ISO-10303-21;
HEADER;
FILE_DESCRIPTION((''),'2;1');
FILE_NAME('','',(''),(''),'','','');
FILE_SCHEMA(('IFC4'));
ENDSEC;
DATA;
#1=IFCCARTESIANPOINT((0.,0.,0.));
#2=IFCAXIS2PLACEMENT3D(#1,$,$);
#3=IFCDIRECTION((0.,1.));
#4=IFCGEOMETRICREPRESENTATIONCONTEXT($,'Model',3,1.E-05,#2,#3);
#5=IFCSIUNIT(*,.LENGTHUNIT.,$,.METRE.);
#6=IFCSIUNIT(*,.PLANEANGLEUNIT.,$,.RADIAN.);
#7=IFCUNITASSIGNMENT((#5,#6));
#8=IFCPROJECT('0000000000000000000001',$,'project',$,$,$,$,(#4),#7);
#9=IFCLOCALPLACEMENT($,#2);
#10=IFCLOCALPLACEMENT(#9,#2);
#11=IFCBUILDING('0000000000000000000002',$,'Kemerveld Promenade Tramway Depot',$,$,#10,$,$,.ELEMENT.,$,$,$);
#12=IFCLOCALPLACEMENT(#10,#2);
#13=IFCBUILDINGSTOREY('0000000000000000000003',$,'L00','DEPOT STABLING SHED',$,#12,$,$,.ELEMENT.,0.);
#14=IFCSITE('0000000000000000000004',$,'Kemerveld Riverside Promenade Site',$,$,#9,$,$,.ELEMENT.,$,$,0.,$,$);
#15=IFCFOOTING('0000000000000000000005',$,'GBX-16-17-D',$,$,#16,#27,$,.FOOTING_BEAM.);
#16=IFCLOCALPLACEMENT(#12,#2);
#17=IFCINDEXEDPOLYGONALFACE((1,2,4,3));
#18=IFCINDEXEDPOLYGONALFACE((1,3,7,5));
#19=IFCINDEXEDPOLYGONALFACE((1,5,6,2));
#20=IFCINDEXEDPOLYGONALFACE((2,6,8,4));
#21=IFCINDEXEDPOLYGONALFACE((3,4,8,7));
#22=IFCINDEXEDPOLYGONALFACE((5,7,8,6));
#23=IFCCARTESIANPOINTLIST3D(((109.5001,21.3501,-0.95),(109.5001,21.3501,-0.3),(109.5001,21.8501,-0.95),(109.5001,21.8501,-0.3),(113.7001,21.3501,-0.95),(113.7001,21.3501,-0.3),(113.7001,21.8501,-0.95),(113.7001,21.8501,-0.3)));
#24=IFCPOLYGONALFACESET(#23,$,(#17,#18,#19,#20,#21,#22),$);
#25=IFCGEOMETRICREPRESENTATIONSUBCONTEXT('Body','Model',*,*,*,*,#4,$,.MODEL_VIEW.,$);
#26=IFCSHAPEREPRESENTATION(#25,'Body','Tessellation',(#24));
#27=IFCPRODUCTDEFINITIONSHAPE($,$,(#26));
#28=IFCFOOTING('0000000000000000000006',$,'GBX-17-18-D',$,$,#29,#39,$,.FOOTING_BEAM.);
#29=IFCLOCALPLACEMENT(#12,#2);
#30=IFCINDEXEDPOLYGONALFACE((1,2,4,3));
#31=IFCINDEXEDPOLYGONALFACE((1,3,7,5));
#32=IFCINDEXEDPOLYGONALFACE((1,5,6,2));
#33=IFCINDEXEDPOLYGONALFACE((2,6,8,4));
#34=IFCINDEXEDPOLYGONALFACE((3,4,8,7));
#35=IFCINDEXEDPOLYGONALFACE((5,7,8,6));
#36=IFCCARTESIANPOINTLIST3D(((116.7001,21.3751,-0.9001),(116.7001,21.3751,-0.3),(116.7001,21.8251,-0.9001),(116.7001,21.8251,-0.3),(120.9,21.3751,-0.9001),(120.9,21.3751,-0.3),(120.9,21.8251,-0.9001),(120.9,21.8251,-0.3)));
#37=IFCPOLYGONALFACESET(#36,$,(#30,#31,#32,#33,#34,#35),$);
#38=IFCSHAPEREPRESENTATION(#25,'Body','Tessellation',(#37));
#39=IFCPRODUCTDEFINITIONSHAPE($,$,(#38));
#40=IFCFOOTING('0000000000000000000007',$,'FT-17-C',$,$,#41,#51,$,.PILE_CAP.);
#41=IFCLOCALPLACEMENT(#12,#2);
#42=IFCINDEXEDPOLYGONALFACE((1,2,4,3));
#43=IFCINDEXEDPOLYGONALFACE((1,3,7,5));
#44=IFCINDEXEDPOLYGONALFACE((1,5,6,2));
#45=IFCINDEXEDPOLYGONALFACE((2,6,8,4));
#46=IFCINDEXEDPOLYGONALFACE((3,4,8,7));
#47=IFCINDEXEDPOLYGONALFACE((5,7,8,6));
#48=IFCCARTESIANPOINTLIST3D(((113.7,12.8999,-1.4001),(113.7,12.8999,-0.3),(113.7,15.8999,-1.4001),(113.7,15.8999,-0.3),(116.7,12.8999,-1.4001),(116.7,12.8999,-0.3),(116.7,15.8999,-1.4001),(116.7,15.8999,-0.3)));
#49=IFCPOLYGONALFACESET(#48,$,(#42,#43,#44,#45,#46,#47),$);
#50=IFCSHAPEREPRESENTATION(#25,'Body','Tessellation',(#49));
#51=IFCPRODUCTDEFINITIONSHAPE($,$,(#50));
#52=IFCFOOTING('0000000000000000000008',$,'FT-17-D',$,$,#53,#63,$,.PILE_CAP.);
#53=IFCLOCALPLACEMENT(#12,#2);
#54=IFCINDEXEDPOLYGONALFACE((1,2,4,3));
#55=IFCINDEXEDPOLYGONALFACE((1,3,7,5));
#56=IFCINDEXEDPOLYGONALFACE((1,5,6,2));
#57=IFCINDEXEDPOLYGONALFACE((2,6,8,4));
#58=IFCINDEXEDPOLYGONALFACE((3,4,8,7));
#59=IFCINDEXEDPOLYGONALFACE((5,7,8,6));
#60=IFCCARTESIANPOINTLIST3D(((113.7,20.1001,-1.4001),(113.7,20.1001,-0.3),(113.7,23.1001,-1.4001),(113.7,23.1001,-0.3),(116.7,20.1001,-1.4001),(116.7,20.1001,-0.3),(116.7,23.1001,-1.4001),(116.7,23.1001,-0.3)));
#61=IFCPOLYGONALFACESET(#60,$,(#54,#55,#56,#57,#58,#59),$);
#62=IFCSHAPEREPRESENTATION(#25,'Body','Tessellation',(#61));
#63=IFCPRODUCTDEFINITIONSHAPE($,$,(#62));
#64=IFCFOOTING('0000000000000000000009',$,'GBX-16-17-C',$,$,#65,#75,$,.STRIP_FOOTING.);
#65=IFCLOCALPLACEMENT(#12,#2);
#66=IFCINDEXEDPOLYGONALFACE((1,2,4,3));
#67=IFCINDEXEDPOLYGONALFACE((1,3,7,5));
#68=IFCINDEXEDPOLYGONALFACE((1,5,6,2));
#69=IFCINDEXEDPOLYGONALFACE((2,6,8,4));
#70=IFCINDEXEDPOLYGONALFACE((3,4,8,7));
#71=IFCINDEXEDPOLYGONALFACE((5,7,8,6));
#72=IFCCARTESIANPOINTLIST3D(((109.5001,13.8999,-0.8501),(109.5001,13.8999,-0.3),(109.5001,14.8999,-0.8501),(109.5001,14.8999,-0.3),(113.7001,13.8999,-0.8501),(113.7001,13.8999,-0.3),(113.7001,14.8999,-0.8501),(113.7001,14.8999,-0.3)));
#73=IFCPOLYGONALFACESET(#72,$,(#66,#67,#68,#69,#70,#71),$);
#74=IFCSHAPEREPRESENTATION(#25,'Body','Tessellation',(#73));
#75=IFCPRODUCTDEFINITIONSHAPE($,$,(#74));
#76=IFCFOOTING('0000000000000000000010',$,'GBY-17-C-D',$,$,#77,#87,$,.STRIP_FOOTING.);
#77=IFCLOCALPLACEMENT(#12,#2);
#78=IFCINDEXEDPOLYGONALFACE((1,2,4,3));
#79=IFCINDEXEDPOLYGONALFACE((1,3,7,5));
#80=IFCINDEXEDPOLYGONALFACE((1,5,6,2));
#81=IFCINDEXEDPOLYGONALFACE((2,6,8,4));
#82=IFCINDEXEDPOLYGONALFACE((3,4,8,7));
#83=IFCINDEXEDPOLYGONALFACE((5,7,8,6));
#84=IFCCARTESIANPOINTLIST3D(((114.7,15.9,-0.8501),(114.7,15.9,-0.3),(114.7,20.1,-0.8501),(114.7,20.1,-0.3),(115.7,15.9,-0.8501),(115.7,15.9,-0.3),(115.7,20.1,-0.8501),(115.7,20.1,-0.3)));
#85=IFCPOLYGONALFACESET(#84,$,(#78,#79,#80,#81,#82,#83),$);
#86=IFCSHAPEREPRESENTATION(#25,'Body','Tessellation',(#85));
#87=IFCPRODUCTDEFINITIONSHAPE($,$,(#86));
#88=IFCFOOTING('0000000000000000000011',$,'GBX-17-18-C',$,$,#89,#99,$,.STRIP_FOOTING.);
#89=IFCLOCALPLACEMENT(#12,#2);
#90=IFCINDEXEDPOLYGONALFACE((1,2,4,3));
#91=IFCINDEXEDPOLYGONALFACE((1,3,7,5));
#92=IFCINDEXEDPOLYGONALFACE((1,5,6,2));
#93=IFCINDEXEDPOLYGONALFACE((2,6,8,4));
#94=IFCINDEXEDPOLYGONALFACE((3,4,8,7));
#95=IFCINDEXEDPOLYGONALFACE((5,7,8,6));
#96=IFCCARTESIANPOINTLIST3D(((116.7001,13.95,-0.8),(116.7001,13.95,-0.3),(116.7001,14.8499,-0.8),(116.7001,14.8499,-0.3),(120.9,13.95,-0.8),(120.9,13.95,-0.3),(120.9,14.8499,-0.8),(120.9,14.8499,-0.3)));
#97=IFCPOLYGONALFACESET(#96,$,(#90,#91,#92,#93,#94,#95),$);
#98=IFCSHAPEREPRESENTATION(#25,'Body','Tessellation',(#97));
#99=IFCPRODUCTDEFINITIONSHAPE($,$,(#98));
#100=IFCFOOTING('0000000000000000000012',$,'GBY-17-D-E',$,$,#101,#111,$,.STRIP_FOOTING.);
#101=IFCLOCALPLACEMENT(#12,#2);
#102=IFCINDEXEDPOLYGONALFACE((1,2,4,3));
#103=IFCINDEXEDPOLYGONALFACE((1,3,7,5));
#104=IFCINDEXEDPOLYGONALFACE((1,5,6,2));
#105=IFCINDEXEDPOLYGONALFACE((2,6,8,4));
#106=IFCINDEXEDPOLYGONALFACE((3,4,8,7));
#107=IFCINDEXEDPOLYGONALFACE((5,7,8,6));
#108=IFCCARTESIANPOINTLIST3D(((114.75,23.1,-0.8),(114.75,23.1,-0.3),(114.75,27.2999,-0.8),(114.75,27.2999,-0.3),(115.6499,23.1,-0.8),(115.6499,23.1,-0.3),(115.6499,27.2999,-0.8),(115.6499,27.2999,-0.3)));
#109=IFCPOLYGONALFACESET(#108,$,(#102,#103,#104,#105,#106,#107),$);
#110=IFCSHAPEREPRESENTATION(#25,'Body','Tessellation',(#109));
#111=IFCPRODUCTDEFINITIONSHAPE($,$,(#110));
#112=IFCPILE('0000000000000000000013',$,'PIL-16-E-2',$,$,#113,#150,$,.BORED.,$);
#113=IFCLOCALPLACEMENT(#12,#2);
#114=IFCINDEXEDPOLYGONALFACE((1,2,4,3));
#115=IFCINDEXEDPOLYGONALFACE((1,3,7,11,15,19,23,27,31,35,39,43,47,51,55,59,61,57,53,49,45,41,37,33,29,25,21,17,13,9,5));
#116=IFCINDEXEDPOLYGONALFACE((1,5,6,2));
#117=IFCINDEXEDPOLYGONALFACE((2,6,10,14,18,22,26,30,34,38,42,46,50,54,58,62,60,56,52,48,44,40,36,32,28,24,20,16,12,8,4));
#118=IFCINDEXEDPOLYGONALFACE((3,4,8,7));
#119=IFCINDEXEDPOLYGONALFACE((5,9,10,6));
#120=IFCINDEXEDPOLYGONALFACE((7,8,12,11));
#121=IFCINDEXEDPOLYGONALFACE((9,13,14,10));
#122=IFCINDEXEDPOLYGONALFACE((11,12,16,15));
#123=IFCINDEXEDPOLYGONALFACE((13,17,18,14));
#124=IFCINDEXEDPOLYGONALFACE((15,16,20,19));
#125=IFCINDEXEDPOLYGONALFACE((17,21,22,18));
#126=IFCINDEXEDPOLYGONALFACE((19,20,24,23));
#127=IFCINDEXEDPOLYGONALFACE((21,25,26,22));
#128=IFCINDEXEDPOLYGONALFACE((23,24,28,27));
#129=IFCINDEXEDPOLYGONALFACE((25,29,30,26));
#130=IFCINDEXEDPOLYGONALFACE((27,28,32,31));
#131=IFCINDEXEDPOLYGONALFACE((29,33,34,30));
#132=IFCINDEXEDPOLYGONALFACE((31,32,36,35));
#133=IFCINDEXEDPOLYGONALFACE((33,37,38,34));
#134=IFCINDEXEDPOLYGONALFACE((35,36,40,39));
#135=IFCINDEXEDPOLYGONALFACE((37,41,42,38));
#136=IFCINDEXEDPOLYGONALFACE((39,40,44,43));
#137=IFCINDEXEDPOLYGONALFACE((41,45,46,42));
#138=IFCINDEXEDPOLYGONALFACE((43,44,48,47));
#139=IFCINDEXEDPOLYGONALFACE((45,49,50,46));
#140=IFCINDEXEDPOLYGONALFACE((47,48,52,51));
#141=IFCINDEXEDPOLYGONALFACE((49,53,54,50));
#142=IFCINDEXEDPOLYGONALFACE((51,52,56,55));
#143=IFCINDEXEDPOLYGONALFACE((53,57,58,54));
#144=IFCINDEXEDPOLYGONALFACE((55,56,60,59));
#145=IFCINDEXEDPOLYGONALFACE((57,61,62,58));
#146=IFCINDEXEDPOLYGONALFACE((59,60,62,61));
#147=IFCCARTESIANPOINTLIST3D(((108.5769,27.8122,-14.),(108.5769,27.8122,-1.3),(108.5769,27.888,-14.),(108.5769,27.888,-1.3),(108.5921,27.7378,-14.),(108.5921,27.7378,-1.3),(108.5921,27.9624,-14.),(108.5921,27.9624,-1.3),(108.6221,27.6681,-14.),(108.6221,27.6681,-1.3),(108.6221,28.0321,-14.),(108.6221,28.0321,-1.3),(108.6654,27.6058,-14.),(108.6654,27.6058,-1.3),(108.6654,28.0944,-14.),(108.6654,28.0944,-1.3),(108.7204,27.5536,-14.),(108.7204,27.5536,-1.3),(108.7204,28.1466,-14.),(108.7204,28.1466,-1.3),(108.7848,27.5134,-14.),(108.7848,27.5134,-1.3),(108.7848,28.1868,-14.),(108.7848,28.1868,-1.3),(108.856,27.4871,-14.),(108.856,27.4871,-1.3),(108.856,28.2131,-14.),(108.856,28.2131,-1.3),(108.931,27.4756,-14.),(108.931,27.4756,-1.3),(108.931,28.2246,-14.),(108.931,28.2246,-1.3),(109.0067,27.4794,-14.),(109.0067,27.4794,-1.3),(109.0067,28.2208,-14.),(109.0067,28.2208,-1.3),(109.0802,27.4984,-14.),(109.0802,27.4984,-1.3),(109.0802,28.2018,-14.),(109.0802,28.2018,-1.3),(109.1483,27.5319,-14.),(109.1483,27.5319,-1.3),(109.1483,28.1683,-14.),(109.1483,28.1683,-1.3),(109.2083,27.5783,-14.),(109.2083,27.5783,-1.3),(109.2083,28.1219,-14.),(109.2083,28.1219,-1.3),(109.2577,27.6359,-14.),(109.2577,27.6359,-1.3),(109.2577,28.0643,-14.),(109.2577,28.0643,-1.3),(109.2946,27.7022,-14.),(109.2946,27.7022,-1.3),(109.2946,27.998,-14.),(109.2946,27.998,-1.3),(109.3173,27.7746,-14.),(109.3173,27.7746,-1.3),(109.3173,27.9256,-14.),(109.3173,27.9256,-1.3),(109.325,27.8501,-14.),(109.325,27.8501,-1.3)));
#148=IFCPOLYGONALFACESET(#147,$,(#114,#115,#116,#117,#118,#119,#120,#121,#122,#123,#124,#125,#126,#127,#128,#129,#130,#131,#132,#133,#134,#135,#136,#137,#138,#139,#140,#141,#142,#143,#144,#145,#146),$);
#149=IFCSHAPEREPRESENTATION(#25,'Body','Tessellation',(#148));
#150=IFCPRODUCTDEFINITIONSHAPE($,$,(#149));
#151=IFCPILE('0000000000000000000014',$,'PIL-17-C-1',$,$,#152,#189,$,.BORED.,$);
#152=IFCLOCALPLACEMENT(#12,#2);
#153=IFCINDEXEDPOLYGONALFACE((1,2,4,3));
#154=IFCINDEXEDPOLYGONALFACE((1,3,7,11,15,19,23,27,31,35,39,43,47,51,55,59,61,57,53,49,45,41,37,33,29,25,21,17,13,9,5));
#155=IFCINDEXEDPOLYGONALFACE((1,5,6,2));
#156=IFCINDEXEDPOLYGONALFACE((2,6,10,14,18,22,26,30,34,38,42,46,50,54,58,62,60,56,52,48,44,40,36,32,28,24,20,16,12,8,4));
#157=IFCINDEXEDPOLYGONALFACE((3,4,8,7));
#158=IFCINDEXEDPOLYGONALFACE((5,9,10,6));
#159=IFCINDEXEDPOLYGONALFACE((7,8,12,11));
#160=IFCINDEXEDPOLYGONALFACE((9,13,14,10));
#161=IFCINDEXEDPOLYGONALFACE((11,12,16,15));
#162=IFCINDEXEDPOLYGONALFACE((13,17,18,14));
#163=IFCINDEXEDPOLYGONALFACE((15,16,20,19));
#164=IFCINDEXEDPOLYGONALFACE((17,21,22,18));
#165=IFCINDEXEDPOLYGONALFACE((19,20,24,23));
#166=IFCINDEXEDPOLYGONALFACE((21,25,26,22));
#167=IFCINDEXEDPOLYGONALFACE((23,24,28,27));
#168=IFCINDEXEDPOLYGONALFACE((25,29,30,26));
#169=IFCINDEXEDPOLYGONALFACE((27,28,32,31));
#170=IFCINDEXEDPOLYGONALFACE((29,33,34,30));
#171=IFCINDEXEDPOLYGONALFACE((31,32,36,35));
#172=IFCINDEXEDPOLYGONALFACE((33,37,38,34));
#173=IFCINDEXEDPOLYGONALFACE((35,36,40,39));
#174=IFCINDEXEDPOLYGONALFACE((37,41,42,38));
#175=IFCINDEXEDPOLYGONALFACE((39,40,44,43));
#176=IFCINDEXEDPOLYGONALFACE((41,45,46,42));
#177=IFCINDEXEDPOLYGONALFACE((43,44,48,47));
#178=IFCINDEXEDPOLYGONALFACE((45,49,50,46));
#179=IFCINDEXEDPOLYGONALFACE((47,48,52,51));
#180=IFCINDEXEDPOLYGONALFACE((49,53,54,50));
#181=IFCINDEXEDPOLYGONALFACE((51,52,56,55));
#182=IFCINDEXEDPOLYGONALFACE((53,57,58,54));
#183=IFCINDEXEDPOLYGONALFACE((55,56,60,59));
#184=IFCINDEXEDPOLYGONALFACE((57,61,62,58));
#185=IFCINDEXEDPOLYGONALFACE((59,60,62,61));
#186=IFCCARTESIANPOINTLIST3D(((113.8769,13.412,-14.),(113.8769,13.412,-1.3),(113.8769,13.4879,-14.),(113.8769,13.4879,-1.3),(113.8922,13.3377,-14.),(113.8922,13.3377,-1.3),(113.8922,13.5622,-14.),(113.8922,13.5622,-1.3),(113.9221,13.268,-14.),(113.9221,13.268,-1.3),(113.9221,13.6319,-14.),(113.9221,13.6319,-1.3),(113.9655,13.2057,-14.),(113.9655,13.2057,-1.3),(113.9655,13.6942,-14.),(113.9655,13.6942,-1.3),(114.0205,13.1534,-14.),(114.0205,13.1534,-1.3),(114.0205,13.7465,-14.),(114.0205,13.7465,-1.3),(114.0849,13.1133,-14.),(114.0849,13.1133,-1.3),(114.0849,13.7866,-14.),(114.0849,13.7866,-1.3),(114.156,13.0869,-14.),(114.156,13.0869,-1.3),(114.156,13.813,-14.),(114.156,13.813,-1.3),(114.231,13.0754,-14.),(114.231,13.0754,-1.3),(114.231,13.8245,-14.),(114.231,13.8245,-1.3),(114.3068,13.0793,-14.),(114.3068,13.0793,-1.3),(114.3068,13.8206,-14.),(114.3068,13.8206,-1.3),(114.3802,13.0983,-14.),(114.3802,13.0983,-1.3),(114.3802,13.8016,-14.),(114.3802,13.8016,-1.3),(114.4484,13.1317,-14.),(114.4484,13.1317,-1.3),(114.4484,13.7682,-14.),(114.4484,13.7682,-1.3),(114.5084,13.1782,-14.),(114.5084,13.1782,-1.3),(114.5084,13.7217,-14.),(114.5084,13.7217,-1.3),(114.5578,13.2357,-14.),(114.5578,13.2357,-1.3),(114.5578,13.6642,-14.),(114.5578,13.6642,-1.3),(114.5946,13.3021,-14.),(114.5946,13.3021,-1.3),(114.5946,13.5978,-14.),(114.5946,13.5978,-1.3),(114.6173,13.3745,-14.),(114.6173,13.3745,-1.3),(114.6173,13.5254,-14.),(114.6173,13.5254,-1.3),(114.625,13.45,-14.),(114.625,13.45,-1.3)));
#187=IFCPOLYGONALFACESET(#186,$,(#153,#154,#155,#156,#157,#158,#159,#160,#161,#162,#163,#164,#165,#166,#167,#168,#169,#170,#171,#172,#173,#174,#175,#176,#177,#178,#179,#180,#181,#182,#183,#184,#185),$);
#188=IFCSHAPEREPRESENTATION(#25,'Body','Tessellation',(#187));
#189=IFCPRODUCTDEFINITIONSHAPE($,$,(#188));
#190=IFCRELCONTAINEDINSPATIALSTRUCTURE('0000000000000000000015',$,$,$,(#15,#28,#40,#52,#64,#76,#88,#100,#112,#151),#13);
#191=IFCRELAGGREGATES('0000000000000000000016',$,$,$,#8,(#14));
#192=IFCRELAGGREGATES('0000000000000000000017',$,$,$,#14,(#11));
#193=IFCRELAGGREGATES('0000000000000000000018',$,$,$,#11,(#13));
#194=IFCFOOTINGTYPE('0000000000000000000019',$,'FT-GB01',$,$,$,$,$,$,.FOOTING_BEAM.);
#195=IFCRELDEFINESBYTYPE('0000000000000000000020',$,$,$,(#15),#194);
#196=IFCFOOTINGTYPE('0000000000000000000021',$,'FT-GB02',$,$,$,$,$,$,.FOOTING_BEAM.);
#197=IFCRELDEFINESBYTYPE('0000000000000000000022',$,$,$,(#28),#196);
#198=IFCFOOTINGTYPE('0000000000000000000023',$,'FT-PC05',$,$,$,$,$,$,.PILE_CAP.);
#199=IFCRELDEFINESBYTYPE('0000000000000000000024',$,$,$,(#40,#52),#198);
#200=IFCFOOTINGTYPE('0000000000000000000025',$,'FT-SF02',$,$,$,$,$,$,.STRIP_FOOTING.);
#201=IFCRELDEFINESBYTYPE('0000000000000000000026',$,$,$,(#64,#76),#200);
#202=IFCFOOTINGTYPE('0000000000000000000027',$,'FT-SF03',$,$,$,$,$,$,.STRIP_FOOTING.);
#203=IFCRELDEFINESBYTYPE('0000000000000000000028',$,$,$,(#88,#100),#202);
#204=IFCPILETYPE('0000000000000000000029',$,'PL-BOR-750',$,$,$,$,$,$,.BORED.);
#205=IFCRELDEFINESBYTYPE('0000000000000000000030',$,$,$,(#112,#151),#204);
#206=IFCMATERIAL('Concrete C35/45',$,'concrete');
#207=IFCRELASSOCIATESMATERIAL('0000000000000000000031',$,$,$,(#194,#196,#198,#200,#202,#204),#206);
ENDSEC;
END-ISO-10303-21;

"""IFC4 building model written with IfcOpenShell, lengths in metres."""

from ifc_helpers import new_model, si_unit, direction, frame, origin, origin_2d, place, context, subcontext, project, spatial, rectangle, circle, extrude, material, material_profile, profile_set, type_object, element, save


model = new_model("IFC4")

# Units and contexts
model_context = context("Model", 3, precision=1e-05, world=origin(), true_north=direction((0.0, 1.0)))
body_context = subcontext(model_context, "Body", "Model", "MODEL_VIEW")
ifc_project = project(units=[si_unit("LENGTHUNIT", "METRE"), si_unit("PLANEANGLEUNIT", "RADIAN")], contexts=[model_context])

# Site, building, storey
site_placement = place(None, origin())
site = spatial("IfcSite", under=ifc_project, at=site_placement, Name="Kemerveld Riverside Promenade Site", CompositionType="ELEMENT", RefElevation=0.0)
building_placement = place(site_placement, origin())
building = spatial("IfcBuilding", under=site, at=building_placement, Name="Kemerveld Promenade Tramway Depot", CompositionType="ELEMENT")
storey_placement = place(building_placement, origin())
storey = spatial("IfcBuildingStorey", under=building, at=storey_placement, Name="L00", Description="DEPOT STABLING SHED", CompositionType="ELEMENT", Elevation=0.0)

# Footings
ifc_material_1 = material(Name="Concrete C35/45", Category="concrete")
footing_type_1 = type_object("IfcFootingType", Name="FT-GB01", PredefinedType="FOOTING_BEAM", material=ifc_material_1)
footing_1_placement = place(storey_placement, frame((111.6001, 21.6001, -0.95), z_axis=(0.0, 0.0, 1.0), x_axis=(1.0, 0.0, 0.0)))
element("IfcFooting", 1, at=footing_1_placement, inside=storey, type_object=footing_type_1, Name="GBX-16-17-D", PredefinedType="FOOTING_BEAM", context=body_context, shape_type="SweptSolid", body=[
    extrude(rectangle(XDim=4.2, YDim=0.5, at=origin_2d()), origin(), (0.0, 0.0, 1.0), 0.6499),
])
footing_type_2 = type_object("IfcFootingType", Name="FT-GB02", PredefinedType="FOOTING_BEAM", material=ifc_material_1)
footing_2_placement = place(storey_placement, frame((118.8, 21.6001, -0.9001), z_axis=(0.0, 0.0, 1.0), x_axis=(1.0, 0.0, 0.0)))
element("IfcFooting", 2, at=footing_2_placement, inside=storey, type_object=footing_type_2, Name="GBX-17-18-D", PredefinedType="FOOTING_BEAM", context=body_context, shape_type="SweptSolid", body=[
    extrude(rectangle(XDim=4.2, YDim=0.45, at=origin_2d()), origin(), (0.0, 0.0, 1.0), 0.6001),
])
footing_type_3 = type_object("IfcFootingType", Name="FT-PC05", PredefinedType="PILE_CAP", material=ifc_material_1)
for number, where, z_axis, x_axis, name in (
    (3, (115.2, 14.3999, -1.4001), (0.0, 0.0, 1.0), (1.0, 0.0, 0.0), "FT-17-C"),
    (4, (115.2, 21.6001, -1.4001), (0.0, 0.0, 1.0), (1.0, 0.0, 0.0), "FT-17-D"),
):
    element("IfcFooting", number, at=place(storey_placement, frame(where, z_axis=z_axis, x_axis=x_axis)), inside=storey, type_object=footing_type_3, Name=name, PredefinedType="PILE_CAP", context=body_context, shape_type="SweptSolid", body=[
        extrude(rectangle(XDim=3.0, YDim=3.0, at=origin_2d()), origin(), (0.0, 0.0, 1.0), 1.1001),
    ])
footing_type_4 = type_object("IfcFootingType", Name="FT-SF02", PredefinedType="STRIP_FOOTING", material=ifc_material_1)
for number, where, z_axis, x_axis, name in (
    (5, (111.6001, 14.3999, -0.8501), (0.0, 0.0, 1.0), (1.0, 0.0, 0.0), "GBX-16-17-C"),
    (6, (115.2, 18.0, -0.8501), (0.0, 0.0, 1.0), (0.0, 1.0, 0.0), "GBY-17-C-D"),
):
    element("IfcFooting", number, at=place(storey_placement, frame(where, z_axis=z_axis, x_axis=x_axis)), inside=storey, type_object=footing_type_4, Name=name, PredefinedType="STRIP_FOOTING", context=body_context, shape_type="SweptSolid", body=[
        extrude(rectangle(XDim=4.2, YDim=1.0, at=origin_2d()), origin(), (0.0, 0.0, 1.0), 0.55),
    ])
footing_type_5 = type_object("IfcFootingType", Name="FT-SF03", PredefinedType="STRIP_FOOTING", material=ifc_material_1)
for number, where, z_axis, x_axis, name in (
    (7, (118.8, 14.3999, -0.8), (0.0, 0.0, 1.0), (1.0, 0.0, 0.0), "GBX-17-18-C"),
    (8, (115.2, 25.2, -0.8), (0.0, 0.0, 1.0), (0.0, 1.0, 0.0), "GBY-17-D-E"),
):
    element("IfcFooting", number, at=place(storey_placement, frame(where, z_axis=z_axis, x_axis=x_axis)), inside=storey, type_object=footing_type_5, Name=name, PredefinedType="STRIP_FOOTING", context=body_context, shape_type="SweptSolid", body=[
        extrude(rectangle(XDim=4.2, YDim=0.8999, at=origin_2d()), origin(), (0.0, 0.0, 1.0), 0.5),
    ])

# Piles
ifc_material_profile_1 = material_profile(ifc_material_1, circle(Radius=0.375, at=origin_2d()), Name="PILE-D750")
ifc_profile_set_1 = profile_set([ifc_material_profile_1], Name="Concrete C35/45")
pile_type = type_object("IfcPileType", Name="PL-BOR-750", PredefinedType="BORED", material=ifc_profile_set_1)
for number, where, z_axis, x_axis, name in (
    (9, (108.95, 27.8501, -1.3), (0.0, 0.0, -1.0), (1.0, 0.0, 0.0), "PIL-16-E-2"),
    (10, (114.25, 13.45, -1.3), (0.0, 0.0, -1.0), (1.0, 0.0, 0.0), "PIL-17-C-1"),
):
    element("IfcPile", number, at=place(storey_placement, frame(where, z_axis=z_axis, x_axis=x_axis)), inside=storey, type_object=pile_type, Name=name, PredefinedType="BORED", context=body_context, shape_type="SweptSolid", body=[
        extrude(circle(Radius=0.375, at=origin_2d()), origin(), (0.0, 0.0, 1.0), 12.7),
    ])

save(model, "model.ifc")
